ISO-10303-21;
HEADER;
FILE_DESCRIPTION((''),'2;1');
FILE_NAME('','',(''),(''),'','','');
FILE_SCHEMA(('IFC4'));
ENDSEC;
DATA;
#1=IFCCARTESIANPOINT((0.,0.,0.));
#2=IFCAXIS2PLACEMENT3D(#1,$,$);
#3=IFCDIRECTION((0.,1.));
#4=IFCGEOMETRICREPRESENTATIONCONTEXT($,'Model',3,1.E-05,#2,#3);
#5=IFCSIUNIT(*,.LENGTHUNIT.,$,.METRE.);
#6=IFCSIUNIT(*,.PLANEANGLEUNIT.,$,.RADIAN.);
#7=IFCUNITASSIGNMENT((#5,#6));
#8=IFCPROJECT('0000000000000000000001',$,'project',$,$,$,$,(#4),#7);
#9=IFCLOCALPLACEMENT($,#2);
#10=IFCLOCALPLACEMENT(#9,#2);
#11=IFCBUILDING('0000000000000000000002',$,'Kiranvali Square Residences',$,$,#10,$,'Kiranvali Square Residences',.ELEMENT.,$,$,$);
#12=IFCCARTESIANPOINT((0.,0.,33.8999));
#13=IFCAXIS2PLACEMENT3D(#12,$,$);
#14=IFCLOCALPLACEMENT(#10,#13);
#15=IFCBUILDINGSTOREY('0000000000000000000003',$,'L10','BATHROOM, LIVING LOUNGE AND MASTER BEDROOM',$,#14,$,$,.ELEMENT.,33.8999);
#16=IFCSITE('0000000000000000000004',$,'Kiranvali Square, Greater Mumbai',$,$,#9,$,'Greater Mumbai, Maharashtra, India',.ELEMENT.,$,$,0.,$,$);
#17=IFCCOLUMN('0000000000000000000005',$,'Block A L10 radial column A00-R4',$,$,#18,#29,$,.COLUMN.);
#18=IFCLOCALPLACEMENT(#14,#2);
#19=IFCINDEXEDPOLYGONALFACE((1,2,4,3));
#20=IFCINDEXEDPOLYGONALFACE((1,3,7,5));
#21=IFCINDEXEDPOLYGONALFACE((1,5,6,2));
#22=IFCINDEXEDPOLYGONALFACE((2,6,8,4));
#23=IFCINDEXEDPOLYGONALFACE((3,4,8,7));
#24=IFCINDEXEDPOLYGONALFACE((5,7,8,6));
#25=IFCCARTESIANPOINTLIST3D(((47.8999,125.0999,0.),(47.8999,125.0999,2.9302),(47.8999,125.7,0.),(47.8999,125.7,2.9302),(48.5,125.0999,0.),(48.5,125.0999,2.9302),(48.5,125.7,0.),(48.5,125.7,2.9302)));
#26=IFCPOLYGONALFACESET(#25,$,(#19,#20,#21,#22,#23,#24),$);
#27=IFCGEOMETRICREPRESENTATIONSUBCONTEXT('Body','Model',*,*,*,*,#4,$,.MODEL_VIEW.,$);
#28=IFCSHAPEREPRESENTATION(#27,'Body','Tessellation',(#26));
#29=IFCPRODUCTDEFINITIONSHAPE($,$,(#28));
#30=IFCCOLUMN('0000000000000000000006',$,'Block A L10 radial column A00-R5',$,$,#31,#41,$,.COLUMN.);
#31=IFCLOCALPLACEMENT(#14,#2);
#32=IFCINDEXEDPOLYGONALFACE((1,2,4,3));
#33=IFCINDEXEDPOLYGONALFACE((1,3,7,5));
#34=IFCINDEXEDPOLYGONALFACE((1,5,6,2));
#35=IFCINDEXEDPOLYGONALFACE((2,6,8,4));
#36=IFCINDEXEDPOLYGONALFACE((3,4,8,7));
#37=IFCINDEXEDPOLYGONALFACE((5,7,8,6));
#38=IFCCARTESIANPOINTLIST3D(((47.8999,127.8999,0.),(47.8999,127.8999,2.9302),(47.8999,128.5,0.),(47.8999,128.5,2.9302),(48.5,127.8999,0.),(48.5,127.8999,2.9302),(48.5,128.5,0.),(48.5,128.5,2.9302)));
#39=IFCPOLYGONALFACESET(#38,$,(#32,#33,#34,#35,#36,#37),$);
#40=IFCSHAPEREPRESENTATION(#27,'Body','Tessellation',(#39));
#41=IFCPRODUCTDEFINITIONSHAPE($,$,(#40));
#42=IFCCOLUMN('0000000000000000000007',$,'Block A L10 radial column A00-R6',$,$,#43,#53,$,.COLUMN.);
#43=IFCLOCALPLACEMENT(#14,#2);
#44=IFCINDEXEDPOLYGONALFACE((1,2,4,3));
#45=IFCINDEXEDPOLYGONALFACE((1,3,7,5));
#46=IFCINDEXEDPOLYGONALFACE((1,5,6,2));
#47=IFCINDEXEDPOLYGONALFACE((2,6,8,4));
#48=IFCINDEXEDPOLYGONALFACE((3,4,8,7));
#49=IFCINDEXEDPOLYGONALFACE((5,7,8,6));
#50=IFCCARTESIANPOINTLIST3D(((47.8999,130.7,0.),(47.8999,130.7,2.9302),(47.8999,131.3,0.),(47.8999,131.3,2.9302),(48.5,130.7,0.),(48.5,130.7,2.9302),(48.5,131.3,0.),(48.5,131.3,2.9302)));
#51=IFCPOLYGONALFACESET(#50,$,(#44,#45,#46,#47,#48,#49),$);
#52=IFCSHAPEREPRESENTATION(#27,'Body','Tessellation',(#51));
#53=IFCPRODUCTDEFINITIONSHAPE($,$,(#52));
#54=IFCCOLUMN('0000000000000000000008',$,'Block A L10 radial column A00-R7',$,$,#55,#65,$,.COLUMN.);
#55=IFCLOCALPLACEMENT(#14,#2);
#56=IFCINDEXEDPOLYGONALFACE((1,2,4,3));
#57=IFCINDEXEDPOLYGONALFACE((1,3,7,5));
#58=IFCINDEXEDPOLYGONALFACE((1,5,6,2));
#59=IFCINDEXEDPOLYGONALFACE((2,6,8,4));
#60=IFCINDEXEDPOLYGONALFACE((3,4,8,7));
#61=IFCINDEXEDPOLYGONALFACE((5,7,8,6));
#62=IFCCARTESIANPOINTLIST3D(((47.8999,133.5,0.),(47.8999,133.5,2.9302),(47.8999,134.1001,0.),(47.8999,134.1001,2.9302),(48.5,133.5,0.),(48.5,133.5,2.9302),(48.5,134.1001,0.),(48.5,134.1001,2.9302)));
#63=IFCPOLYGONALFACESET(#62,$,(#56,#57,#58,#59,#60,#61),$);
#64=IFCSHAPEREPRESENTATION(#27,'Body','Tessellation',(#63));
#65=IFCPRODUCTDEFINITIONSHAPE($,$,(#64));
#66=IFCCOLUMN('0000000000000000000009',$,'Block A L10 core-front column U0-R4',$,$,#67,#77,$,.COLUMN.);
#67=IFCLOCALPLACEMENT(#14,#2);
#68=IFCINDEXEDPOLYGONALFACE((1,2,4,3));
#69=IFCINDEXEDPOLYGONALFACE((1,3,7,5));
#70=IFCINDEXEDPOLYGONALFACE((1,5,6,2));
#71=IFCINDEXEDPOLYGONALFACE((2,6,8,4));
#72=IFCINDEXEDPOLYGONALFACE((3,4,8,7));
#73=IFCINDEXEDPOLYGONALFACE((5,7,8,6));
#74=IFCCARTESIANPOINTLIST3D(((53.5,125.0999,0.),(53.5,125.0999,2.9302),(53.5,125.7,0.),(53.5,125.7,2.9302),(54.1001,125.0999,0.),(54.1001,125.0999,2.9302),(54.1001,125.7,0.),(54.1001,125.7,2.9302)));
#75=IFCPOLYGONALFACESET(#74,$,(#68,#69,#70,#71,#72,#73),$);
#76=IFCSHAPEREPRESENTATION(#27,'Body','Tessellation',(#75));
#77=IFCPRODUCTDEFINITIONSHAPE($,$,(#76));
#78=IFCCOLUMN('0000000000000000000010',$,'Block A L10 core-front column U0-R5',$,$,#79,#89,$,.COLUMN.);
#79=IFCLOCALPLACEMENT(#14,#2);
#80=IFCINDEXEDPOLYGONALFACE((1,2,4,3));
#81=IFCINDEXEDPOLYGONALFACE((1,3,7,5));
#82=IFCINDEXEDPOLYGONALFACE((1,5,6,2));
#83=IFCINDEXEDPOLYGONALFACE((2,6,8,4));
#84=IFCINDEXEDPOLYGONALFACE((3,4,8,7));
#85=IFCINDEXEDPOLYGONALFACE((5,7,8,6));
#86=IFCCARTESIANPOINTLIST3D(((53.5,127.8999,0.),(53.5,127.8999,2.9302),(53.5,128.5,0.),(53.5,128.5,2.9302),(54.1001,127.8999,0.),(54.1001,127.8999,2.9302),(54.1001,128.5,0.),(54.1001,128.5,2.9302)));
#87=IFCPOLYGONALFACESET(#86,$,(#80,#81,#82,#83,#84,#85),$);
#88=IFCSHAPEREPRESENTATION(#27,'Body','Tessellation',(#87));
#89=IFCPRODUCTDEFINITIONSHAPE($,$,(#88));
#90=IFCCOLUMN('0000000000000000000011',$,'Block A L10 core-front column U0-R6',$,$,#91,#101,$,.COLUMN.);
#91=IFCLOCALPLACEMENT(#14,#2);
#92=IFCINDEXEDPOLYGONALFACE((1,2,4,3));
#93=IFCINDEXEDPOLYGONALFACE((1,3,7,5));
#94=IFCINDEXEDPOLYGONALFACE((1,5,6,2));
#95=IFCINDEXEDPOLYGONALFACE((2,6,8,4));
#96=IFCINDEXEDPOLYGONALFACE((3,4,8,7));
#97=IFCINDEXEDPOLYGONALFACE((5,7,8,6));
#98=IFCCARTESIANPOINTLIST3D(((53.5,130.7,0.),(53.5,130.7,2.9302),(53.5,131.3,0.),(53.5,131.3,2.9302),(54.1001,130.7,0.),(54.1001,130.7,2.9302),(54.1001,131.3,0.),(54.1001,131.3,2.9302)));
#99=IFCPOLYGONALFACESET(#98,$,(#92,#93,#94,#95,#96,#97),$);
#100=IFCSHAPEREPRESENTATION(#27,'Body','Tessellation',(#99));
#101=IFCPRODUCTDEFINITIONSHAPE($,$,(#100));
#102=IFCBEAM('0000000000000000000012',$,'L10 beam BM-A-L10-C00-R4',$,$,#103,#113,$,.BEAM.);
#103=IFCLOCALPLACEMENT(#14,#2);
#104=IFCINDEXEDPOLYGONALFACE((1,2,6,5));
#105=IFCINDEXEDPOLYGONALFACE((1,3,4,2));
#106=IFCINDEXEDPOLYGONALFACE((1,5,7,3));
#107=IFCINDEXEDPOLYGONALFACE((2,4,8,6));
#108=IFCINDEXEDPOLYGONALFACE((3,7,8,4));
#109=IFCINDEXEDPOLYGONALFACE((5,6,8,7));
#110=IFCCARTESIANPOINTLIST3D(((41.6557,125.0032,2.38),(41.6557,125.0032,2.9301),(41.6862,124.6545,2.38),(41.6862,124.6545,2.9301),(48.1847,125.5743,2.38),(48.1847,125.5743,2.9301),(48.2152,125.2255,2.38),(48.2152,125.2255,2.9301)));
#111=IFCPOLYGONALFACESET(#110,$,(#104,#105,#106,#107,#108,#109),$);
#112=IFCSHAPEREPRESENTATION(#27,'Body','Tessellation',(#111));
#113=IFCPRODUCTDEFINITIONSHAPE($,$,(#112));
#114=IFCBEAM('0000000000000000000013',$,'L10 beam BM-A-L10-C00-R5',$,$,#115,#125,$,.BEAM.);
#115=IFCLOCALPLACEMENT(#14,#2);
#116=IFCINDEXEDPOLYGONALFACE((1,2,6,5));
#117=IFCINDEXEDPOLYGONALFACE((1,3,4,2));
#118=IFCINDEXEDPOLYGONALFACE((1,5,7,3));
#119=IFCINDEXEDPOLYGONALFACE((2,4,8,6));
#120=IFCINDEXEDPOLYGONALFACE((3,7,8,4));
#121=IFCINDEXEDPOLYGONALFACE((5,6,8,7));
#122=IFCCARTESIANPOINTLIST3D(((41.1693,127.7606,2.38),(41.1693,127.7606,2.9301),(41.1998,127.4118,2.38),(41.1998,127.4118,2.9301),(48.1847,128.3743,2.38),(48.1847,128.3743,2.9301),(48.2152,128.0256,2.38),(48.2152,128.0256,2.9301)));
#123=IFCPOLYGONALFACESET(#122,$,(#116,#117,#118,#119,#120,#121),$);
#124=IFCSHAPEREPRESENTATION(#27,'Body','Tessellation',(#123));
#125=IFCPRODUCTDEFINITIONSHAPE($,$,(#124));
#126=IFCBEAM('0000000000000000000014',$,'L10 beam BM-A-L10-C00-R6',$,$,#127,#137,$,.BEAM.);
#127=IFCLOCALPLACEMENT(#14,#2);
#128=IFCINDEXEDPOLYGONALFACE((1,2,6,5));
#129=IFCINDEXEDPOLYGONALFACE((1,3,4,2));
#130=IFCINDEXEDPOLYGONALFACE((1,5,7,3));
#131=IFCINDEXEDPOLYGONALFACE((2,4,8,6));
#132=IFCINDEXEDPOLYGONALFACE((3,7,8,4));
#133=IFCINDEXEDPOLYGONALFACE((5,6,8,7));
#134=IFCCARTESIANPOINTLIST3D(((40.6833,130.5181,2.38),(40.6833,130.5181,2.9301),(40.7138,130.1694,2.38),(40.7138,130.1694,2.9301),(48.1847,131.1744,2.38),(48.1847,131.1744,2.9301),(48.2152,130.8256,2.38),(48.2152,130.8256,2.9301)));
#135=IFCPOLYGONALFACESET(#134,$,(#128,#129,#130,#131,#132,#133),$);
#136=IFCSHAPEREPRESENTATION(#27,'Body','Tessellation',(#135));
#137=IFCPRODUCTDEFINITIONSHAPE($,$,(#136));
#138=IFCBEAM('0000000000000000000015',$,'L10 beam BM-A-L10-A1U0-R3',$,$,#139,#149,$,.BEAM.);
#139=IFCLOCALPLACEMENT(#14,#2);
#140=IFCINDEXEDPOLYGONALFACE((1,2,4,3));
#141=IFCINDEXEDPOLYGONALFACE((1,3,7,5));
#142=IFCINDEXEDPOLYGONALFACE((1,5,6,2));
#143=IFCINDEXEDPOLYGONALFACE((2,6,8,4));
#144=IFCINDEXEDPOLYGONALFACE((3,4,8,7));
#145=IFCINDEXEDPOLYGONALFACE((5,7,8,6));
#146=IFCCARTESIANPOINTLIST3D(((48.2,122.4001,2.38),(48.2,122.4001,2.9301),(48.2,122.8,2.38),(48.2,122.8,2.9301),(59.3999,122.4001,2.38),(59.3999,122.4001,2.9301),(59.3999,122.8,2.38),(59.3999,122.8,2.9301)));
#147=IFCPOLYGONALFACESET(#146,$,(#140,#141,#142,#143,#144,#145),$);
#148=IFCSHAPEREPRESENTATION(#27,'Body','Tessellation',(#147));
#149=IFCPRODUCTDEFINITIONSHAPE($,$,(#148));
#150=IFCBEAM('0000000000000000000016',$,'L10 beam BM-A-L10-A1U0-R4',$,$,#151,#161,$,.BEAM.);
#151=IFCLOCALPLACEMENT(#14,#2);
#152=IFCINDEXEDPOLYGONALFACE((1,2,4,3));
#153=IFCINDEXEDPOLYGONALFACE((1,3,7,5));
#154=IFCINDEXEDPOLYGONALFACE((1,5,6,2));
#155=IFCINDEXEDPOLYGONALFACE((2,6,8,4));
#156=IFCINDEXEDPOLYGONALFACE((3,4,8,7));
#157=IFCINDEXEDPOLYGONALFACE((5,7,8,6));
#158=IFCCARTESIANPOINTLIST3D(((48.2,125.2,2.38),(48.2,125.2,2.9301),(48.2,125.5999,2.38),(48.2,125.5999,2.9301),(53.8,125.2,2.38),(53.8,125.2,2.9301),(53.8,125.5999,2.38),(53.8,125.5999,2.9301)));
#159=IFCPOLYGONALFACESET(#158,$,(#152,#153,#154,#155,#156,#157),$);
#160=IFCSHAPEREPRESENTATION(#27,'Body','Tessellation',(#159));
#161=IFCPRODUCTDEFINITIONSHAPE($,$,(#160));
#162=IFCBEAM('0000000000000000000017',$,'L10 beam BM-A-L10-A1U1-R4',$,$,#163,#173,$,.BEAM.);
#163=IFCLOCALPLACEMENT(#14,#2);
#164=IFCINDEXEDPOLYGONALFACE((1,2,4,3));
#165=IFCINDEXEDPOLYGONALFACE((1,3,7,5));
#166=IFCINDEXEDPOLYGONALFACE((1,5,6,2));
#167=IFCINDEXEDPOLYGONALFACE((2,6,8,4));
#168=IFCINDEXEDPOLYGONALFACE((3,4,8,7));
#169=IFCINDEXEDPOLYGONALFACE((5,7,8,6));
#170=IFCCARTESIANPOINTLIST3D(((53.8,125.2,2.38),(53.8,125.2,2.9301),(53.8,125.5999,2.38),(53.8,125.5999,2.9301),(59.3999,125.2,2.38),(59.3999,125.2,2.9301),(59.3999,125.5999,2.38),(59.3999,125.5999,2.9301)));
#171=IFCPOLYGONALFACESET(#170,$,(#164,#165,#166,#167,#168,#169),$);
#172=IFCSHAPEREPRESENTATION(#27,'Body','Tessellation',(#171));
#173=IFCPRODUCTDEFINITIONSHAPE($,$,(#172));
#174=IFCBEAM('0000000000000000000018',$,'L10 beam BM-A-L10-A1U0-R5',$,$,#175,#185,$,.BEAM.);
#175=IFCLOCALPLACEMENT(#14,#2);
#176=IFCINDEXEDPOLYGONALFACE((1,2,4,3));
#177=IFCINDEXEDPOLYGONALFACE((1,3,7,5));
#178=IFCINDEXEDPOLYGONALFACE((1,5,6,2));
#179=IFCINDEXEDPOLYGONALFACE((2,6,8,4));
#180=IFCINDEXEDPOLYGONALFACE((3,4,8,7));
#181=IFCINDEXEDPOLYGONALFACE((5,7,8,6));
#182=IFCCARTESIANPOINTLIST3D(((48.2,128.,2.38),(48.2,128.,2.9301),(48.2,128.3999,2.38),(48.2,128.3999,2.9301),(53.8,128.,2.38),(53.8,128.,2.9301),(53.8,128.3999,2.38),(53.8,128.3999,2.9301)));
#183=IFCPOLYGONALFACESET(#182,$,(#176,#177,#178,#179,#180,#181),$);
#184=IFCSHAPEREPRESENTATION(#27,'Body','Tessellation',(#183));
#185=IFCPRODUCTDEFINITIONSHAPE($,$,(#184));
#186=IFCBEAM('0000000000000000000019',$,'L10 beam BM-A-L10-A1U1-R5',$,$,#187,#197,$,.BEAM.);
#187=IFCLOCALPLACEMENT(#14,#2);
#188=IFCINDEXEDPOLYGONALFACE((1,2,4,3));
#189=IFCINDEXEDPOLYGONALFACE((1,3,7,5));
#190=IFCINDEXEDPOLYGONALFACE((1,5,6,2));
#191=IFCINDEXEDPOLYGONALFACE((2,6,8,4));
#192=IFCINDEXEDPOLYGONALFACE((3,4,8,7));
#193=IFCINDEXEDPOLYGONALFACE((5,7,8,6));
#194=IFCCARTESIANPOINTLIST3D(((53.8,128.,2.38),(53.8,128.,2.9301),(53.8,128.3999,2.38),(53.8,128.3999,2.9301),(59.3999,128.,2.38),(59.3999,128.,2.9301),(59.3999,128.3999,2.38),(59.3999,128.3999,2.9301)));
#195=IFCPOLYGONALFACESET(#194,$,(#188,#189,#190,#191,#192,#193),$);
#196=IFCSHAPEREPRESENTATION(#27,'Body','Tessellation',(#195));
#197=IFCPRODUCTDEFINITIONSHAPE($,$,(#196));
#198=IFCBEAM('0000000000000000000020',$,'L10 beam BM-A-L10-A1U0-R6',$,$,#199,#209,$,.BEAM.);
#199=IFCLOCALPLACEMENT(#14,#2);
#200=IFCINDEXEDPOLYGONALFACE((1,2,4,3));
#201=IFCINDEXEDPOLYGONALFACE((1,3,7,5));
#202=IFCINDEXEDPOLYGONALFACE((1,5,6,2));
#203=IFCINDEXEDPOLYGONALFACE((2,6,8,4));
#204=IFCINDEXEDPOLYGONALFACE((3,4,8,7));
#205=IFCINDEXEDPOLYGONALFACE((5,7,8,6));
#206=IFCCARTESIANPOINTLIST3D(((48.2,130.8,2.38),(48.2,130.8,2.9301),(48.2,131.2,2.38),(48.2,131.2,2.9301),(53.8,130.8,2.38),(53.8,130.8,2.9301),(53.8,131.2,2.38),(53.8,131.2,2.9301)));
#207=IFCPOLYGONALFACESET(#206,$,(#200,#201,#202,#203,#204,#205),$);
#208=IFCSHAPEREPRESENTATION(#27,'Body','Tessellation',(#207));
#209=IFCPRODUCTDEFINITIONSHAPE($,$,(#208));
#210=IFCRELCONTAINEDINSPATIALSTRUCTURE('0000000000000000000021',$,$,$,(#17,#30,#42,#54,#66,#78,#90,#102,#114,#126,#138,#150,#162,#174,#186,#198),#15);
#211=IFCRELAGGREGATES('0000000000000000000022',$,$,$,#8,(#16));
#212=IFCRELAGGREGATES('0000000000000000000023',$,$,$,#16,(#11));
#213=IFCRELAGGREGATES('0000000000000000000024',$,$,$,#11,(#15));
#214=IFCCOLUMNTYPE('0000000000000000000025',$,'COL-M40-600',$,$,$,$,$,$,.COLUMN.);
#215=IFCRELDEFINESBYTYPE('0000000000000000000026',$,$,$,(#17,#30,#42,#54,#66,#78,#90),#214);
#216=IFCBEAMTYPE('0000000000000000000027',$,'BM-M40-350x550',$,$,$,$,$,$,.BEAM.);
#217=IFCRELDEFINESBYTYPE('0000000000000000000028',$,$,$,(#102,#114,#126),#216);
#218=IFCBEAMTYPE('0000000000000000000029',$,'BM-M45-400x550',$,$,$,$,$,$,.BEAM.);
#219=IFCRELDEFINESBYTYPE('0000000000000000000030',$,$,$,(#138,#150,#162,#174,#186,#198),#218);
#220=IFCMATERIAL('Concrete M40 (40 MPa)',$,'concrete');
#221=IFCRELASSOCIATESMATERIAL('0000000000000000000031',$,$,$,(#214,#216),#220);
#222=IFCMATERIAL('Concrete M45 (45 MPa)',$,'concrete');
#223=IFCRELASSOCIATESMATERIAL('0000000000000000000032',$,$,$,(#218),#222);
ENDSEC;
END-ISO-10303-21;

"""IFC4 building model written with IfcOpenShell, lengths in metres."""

from ifc_helpers import new_model, si_unit, direction, frame, origin, origin_2d, place, context, subcontext, project, spatial, rectangle, extrude, material, material_profile, profile_set, type_object, element, save


model = new_model("IFC4")

# Units and contexts
model_context = context("Model", 3, precision=1e-05, world=origin(), true_north=direction((0.0, 1.0)))
body_context = subcontext(model_context, "Body", "Model", "MODEL_VIEW")
ifc_project = project(units=[si_unit("LENGTHUNIT", "METRE"), si_unit("PLANEANGLEUNIT", "RADIAN")], contexts=[model_context])

# Site, building, storey
site_placement = place(None, origin())
site = spatial("IfcSite", under=ifc_project, at=site_placement, Name="Kiranvali Square, Greater Mumbai", LongName="Greater Mumbai, Maharashtra, India", CompositionType="ELEMENT", RefElevation=0.0)
building_placement = place(site_placement, origin())
building = spatial("IfcBuilding", under=site, at=building_placement, Name="Kiranvali Square Residences", LongName="Kiranvali Square Residences", CompositionType="ELEMENT")
storey_placement = place(building_placement, frame((0.0, 0.0, 33.8999)))
storey = spatial("IfcBuildingStorey", under=building, at=storey_placement, Name="L10", Description="BATHROOM, LIVING LOUNGE AND MASTER BEDROOM", CompositionType="ELEMENT", Elevation=33.8999)

# Columns
ifc_material_1 = material(Name="Concrete M40 (40 MPa)", Category="concrete")
ifc_material_profile_1 = material_profile(ifc_material_1, rectangle(XDim=0.6001, YDim=0.6001, at=origin_2d()), Name="RC 600x600")
ifc_profile_set_1 = profile_set([ifc_material_profile_1], Name="Concrete M40 (40 MPa)")
column_type = type_object("IfcColumnType", Name="COL-M40-600", PredefinedType="COLUMN", material=ifc_profile_set_1)
for number, where, z_axis, x_axis, name in (
    (1, (48.2, 125.3999, 0.0), (0.0, 0.0, 1.0), (1.0, 0.0, 0.0), "Block A L10 radial column A00-R4"),
    (2, (48.2, 128.2, 0.0), (0.0, 0.0, 1.0), (1.0, 0.0, 0.0), "Block A L10 radial column A00-R5"),
    (3, (48.2, 131.0, 0.0), (0.0, 0.0, 1.0), (1.0, 0.0, 0.0), "Block A L10 radial column A00-R6"),
    (4, (48.2, 133.8, 0.0), (0.0, 0.0, 1.0), (1.0, 0.0, 0.0), "Block A L10 radial column A00-R7"),
    (5, (53.8, 125.3999, 0.0), (0.0, 0.0, 1.0), (1.0, 0.0, 0.0), "Block A L10 core-front column U0-R4"),
    (6, (53.8, 128.2, 0.0), (0.0, 0.0, 1.0), (1.0, 0.0, 0.0), "Block A L10 core-front column U0-R5"),
    (7, (53.8, 131.0, 0.0), (0.0, 0.0, 1.0), (1.0, 0.0, 0.0), "Block A L10 core-front column U0-R6"),
):
    element("IfcColumn", number, at=place(storey_placement, frame(where, z_axis=z_axis, x_axis=x_axis)), inside=storey, type_object=column_type, Name=name, PredefinedType="COLUMN", context=body_context, shape_type="SweptSolid", body=[
        extrude(rectangle(XDim=0.6001, YDim=0.6001, at=origin_2d()), origin(), (0.0, 0.0, 1.0), 2.9302),
    ])

# Beams
ifc_material_profile_2 = material_profile(ifc_material_1, rectangle(XDim=0.3501, YDim=0.55, at=origin_2d()), Name="RC 350x550")
ifc_profile_set_2 = profile_set([ifc_material_profile_2], Name="Concrete M40 (40 MPa)")
beam_type_1 = type_object("IfcBeamType", Name="BM-M40-350x550", PredefinedType="BEAM", material=ifc_profile_set_2)
beam_1_placement = place(storey_placement, frame((48.2, 125.3999, 2.655), z_axis=(-0.996197, -0.08713, 0.0), x_axis=(0.08713, -0.996197, 0.0)))
element("IfcBeam", 8, at=beam_1_placement, inside=storey, type_object=beam_type_1, Name="L10 beam BM-A-L10-C00-R4", PredefinedType="BEAM", context=body_context, shape_type="SweptSolid", body=[
    extrude(rectangle(XDim=0.3501, YDim=0.55, at=origin_2d()), origin(), (0.0, 0.0, 1.0), 6.554),
])
beam_2_placement = place(storey_placement, frame((48.2, 128.2, 2.655), z_axis=(-0.996195, -0.087156, 0.0), x_axis=(0.087156, -0.996195, 0.0)))
element("IfcBeam", 9, at=beam_2_placement, inside=storey, type_object=beam_type_1, Name="L10 beam BM-A-L10-C00-R5", PredefinedType="BEAM", context=body_context, shape_type="SweptSolid", body=[
    extrude(rectangle(XDim=0.3501, YDim=0.55, at=origin_2d()), origin(), (0.0, 0.0, 1.0), 7.0422),
])
beam_3_placement = place(storey_placement, frame((48.2, 131.0, 2.655), z_axis=(-0.996195, -0.08715, 0.0), x_axis=(0.08715, -0.996195, 0.0)))
element("IfcBeam", 10, at=beam_3_placement, inside=storey, type_object=beam_type_1, Name="L10 beam BM-A-L10-C00-R6", PredefinedType="BEAM", context=body_context, shape_type="SweptSolid", body=[
    extrude(rectangle(XDim=0.3501, YDim=0.55, at=origin_2d()), origin(), (0.0, 0.0, 1.0), 7.53),
])
ifc_material_2 = material(Name="Concrete M45 (45 MPa)", Category="concrete")
ifc_material_profile_3 = material_profile(ifc_material_2, rectangle(XDim=0.3999, YDim=0.55, at=origin_2d()), Name="RC 400x550")
ifc_profile_set_3 = profile_set([ifc_material_profile_3], Name="Concrete M45 (45 MPa)")
beam_type_2 = type_object("IfcBeamType", Name="BM-M45-400x550", PredefinedType="BEAM", material=ifc_profile_set_3)
beam_4_placement = place(storey_placement, frame((48.2, 122.6001, 2.655), z_axis=(1.0, 0.0, 0.0), x_axis=(0.0, 1.0, 0.0)))
element("IfcBeam", 11, at=beam_4_placement, inside=storey, type_object=beam_type_2, Name="L10 beam BM-A-L10-A1U0-R3", PredefinedType="BEAM", context=body_context, shape_type="SweptSolid", body=[
    extrude(rectangle(XDim=0.3999, YDim=0.55, at=origin_2d()), origin(), (0.0, 0.0, 1.0), 11.2),
])
beam_5_placement = place(storey_placement, frame((48.2, 125.3999, 2.655), z_axis=(1.0, 0.0, 0.0), x_axis=(0.0, 1.0, 0.0)))
element("IfcBeam", 12, at=beam_5_placement, inside=storey, type_object=beam_type_2, Name="L10 beam BM-A-L10-A1U0-R4", PredefinedType="BEAM", context=body_context, shape_type="SweptSolid", body=[
    extrude(rectangle(XDim=0.3999, YDim=0.55, at=origin_2d()), origin(), (0.0, 0.0, 1.0), 5.6001),
])
beam_6_placement = place(storey_placement, frame((53.8, 125.3999, 2.655), z_axis=(1.0, 0.0, 0.0), x_axis=(0.0, 1.0, 0.0)))
element("IfcBeam", 13, at=beam_6_placement, inside=storey, type_object=beam_type_2, Name="L10 beam BM-A-L10-A1U1-R4", PredefinedType="BEAM", context=body_context, shape_type="SweptSolid", body=[
    extrude(rectangle(XDim=0.3999, YDim=0.55, at=origin_2d()), origin(), (0.0, 0.0, 1.0), 5.5999),
])
beam_7_placement = place(storey_placement, frame((48.2, 128.2, 2.655), z_axis=(1.0, 0.0, 0.0), x_axis=(0.0, 1.0, 0.0)))
element("IfcBeam", 14, at=beam_7_placement, inside=storey, type_object=beam_type_2, Name="L10 beam BM-A-L10-A1U0-R5", PredefinedType="BEAM", context=body_context, shape_type="SweptSolid", body=[
    extrude(rectangle(XDim=0.3999, YDim=0.55, at=origin_2d()), origin(), (0.0, 0.0, 1.0), 5.6001),
])
beam_8_placement = place(storey_placement, frame((53.8, 128.2, 2.655), z_axis=(1.0, 0.0, 0.0), x_axis=(0.0, 1.0, 0.0)))
element("IfcBeam", 15, at=beam_8_placement, inside=storey, type_object=beam_type_2, Name="L10 beam BM-A-L10-A1U1-R5", PredefinedType="BEAM", context=body_context, shape_type="SweptSolid", body=[
    extrude(rectangle(XDim=0.3999, YDim=0.55, at=origin_2d()), origin(), (0.0, 0.0, 1.0), 5.5999),
])
beam_9_placement = place(storey_placement, frame((48.2, 131.0, 2.655), z_axis=(1.0, 0.0, 0.0), x_axis=(0.0, 1.0, 0.0)))
element("IfcBeam", 16, at=beam_9_placement, inside=storey, type_object=beam_type_2, Name="L10 beam BM-A-L10-A1U0-R6", PredefinedType="BEAM", context=body_context, shape_type="SweptSolid", body=[
    extrude(rectangle(XDim=0.3999, YDim=0.55, at=origin_2d()), origin(), (0.0, 0.0, 1.0), 5.6001),
])

save(model, "model.ifc")
